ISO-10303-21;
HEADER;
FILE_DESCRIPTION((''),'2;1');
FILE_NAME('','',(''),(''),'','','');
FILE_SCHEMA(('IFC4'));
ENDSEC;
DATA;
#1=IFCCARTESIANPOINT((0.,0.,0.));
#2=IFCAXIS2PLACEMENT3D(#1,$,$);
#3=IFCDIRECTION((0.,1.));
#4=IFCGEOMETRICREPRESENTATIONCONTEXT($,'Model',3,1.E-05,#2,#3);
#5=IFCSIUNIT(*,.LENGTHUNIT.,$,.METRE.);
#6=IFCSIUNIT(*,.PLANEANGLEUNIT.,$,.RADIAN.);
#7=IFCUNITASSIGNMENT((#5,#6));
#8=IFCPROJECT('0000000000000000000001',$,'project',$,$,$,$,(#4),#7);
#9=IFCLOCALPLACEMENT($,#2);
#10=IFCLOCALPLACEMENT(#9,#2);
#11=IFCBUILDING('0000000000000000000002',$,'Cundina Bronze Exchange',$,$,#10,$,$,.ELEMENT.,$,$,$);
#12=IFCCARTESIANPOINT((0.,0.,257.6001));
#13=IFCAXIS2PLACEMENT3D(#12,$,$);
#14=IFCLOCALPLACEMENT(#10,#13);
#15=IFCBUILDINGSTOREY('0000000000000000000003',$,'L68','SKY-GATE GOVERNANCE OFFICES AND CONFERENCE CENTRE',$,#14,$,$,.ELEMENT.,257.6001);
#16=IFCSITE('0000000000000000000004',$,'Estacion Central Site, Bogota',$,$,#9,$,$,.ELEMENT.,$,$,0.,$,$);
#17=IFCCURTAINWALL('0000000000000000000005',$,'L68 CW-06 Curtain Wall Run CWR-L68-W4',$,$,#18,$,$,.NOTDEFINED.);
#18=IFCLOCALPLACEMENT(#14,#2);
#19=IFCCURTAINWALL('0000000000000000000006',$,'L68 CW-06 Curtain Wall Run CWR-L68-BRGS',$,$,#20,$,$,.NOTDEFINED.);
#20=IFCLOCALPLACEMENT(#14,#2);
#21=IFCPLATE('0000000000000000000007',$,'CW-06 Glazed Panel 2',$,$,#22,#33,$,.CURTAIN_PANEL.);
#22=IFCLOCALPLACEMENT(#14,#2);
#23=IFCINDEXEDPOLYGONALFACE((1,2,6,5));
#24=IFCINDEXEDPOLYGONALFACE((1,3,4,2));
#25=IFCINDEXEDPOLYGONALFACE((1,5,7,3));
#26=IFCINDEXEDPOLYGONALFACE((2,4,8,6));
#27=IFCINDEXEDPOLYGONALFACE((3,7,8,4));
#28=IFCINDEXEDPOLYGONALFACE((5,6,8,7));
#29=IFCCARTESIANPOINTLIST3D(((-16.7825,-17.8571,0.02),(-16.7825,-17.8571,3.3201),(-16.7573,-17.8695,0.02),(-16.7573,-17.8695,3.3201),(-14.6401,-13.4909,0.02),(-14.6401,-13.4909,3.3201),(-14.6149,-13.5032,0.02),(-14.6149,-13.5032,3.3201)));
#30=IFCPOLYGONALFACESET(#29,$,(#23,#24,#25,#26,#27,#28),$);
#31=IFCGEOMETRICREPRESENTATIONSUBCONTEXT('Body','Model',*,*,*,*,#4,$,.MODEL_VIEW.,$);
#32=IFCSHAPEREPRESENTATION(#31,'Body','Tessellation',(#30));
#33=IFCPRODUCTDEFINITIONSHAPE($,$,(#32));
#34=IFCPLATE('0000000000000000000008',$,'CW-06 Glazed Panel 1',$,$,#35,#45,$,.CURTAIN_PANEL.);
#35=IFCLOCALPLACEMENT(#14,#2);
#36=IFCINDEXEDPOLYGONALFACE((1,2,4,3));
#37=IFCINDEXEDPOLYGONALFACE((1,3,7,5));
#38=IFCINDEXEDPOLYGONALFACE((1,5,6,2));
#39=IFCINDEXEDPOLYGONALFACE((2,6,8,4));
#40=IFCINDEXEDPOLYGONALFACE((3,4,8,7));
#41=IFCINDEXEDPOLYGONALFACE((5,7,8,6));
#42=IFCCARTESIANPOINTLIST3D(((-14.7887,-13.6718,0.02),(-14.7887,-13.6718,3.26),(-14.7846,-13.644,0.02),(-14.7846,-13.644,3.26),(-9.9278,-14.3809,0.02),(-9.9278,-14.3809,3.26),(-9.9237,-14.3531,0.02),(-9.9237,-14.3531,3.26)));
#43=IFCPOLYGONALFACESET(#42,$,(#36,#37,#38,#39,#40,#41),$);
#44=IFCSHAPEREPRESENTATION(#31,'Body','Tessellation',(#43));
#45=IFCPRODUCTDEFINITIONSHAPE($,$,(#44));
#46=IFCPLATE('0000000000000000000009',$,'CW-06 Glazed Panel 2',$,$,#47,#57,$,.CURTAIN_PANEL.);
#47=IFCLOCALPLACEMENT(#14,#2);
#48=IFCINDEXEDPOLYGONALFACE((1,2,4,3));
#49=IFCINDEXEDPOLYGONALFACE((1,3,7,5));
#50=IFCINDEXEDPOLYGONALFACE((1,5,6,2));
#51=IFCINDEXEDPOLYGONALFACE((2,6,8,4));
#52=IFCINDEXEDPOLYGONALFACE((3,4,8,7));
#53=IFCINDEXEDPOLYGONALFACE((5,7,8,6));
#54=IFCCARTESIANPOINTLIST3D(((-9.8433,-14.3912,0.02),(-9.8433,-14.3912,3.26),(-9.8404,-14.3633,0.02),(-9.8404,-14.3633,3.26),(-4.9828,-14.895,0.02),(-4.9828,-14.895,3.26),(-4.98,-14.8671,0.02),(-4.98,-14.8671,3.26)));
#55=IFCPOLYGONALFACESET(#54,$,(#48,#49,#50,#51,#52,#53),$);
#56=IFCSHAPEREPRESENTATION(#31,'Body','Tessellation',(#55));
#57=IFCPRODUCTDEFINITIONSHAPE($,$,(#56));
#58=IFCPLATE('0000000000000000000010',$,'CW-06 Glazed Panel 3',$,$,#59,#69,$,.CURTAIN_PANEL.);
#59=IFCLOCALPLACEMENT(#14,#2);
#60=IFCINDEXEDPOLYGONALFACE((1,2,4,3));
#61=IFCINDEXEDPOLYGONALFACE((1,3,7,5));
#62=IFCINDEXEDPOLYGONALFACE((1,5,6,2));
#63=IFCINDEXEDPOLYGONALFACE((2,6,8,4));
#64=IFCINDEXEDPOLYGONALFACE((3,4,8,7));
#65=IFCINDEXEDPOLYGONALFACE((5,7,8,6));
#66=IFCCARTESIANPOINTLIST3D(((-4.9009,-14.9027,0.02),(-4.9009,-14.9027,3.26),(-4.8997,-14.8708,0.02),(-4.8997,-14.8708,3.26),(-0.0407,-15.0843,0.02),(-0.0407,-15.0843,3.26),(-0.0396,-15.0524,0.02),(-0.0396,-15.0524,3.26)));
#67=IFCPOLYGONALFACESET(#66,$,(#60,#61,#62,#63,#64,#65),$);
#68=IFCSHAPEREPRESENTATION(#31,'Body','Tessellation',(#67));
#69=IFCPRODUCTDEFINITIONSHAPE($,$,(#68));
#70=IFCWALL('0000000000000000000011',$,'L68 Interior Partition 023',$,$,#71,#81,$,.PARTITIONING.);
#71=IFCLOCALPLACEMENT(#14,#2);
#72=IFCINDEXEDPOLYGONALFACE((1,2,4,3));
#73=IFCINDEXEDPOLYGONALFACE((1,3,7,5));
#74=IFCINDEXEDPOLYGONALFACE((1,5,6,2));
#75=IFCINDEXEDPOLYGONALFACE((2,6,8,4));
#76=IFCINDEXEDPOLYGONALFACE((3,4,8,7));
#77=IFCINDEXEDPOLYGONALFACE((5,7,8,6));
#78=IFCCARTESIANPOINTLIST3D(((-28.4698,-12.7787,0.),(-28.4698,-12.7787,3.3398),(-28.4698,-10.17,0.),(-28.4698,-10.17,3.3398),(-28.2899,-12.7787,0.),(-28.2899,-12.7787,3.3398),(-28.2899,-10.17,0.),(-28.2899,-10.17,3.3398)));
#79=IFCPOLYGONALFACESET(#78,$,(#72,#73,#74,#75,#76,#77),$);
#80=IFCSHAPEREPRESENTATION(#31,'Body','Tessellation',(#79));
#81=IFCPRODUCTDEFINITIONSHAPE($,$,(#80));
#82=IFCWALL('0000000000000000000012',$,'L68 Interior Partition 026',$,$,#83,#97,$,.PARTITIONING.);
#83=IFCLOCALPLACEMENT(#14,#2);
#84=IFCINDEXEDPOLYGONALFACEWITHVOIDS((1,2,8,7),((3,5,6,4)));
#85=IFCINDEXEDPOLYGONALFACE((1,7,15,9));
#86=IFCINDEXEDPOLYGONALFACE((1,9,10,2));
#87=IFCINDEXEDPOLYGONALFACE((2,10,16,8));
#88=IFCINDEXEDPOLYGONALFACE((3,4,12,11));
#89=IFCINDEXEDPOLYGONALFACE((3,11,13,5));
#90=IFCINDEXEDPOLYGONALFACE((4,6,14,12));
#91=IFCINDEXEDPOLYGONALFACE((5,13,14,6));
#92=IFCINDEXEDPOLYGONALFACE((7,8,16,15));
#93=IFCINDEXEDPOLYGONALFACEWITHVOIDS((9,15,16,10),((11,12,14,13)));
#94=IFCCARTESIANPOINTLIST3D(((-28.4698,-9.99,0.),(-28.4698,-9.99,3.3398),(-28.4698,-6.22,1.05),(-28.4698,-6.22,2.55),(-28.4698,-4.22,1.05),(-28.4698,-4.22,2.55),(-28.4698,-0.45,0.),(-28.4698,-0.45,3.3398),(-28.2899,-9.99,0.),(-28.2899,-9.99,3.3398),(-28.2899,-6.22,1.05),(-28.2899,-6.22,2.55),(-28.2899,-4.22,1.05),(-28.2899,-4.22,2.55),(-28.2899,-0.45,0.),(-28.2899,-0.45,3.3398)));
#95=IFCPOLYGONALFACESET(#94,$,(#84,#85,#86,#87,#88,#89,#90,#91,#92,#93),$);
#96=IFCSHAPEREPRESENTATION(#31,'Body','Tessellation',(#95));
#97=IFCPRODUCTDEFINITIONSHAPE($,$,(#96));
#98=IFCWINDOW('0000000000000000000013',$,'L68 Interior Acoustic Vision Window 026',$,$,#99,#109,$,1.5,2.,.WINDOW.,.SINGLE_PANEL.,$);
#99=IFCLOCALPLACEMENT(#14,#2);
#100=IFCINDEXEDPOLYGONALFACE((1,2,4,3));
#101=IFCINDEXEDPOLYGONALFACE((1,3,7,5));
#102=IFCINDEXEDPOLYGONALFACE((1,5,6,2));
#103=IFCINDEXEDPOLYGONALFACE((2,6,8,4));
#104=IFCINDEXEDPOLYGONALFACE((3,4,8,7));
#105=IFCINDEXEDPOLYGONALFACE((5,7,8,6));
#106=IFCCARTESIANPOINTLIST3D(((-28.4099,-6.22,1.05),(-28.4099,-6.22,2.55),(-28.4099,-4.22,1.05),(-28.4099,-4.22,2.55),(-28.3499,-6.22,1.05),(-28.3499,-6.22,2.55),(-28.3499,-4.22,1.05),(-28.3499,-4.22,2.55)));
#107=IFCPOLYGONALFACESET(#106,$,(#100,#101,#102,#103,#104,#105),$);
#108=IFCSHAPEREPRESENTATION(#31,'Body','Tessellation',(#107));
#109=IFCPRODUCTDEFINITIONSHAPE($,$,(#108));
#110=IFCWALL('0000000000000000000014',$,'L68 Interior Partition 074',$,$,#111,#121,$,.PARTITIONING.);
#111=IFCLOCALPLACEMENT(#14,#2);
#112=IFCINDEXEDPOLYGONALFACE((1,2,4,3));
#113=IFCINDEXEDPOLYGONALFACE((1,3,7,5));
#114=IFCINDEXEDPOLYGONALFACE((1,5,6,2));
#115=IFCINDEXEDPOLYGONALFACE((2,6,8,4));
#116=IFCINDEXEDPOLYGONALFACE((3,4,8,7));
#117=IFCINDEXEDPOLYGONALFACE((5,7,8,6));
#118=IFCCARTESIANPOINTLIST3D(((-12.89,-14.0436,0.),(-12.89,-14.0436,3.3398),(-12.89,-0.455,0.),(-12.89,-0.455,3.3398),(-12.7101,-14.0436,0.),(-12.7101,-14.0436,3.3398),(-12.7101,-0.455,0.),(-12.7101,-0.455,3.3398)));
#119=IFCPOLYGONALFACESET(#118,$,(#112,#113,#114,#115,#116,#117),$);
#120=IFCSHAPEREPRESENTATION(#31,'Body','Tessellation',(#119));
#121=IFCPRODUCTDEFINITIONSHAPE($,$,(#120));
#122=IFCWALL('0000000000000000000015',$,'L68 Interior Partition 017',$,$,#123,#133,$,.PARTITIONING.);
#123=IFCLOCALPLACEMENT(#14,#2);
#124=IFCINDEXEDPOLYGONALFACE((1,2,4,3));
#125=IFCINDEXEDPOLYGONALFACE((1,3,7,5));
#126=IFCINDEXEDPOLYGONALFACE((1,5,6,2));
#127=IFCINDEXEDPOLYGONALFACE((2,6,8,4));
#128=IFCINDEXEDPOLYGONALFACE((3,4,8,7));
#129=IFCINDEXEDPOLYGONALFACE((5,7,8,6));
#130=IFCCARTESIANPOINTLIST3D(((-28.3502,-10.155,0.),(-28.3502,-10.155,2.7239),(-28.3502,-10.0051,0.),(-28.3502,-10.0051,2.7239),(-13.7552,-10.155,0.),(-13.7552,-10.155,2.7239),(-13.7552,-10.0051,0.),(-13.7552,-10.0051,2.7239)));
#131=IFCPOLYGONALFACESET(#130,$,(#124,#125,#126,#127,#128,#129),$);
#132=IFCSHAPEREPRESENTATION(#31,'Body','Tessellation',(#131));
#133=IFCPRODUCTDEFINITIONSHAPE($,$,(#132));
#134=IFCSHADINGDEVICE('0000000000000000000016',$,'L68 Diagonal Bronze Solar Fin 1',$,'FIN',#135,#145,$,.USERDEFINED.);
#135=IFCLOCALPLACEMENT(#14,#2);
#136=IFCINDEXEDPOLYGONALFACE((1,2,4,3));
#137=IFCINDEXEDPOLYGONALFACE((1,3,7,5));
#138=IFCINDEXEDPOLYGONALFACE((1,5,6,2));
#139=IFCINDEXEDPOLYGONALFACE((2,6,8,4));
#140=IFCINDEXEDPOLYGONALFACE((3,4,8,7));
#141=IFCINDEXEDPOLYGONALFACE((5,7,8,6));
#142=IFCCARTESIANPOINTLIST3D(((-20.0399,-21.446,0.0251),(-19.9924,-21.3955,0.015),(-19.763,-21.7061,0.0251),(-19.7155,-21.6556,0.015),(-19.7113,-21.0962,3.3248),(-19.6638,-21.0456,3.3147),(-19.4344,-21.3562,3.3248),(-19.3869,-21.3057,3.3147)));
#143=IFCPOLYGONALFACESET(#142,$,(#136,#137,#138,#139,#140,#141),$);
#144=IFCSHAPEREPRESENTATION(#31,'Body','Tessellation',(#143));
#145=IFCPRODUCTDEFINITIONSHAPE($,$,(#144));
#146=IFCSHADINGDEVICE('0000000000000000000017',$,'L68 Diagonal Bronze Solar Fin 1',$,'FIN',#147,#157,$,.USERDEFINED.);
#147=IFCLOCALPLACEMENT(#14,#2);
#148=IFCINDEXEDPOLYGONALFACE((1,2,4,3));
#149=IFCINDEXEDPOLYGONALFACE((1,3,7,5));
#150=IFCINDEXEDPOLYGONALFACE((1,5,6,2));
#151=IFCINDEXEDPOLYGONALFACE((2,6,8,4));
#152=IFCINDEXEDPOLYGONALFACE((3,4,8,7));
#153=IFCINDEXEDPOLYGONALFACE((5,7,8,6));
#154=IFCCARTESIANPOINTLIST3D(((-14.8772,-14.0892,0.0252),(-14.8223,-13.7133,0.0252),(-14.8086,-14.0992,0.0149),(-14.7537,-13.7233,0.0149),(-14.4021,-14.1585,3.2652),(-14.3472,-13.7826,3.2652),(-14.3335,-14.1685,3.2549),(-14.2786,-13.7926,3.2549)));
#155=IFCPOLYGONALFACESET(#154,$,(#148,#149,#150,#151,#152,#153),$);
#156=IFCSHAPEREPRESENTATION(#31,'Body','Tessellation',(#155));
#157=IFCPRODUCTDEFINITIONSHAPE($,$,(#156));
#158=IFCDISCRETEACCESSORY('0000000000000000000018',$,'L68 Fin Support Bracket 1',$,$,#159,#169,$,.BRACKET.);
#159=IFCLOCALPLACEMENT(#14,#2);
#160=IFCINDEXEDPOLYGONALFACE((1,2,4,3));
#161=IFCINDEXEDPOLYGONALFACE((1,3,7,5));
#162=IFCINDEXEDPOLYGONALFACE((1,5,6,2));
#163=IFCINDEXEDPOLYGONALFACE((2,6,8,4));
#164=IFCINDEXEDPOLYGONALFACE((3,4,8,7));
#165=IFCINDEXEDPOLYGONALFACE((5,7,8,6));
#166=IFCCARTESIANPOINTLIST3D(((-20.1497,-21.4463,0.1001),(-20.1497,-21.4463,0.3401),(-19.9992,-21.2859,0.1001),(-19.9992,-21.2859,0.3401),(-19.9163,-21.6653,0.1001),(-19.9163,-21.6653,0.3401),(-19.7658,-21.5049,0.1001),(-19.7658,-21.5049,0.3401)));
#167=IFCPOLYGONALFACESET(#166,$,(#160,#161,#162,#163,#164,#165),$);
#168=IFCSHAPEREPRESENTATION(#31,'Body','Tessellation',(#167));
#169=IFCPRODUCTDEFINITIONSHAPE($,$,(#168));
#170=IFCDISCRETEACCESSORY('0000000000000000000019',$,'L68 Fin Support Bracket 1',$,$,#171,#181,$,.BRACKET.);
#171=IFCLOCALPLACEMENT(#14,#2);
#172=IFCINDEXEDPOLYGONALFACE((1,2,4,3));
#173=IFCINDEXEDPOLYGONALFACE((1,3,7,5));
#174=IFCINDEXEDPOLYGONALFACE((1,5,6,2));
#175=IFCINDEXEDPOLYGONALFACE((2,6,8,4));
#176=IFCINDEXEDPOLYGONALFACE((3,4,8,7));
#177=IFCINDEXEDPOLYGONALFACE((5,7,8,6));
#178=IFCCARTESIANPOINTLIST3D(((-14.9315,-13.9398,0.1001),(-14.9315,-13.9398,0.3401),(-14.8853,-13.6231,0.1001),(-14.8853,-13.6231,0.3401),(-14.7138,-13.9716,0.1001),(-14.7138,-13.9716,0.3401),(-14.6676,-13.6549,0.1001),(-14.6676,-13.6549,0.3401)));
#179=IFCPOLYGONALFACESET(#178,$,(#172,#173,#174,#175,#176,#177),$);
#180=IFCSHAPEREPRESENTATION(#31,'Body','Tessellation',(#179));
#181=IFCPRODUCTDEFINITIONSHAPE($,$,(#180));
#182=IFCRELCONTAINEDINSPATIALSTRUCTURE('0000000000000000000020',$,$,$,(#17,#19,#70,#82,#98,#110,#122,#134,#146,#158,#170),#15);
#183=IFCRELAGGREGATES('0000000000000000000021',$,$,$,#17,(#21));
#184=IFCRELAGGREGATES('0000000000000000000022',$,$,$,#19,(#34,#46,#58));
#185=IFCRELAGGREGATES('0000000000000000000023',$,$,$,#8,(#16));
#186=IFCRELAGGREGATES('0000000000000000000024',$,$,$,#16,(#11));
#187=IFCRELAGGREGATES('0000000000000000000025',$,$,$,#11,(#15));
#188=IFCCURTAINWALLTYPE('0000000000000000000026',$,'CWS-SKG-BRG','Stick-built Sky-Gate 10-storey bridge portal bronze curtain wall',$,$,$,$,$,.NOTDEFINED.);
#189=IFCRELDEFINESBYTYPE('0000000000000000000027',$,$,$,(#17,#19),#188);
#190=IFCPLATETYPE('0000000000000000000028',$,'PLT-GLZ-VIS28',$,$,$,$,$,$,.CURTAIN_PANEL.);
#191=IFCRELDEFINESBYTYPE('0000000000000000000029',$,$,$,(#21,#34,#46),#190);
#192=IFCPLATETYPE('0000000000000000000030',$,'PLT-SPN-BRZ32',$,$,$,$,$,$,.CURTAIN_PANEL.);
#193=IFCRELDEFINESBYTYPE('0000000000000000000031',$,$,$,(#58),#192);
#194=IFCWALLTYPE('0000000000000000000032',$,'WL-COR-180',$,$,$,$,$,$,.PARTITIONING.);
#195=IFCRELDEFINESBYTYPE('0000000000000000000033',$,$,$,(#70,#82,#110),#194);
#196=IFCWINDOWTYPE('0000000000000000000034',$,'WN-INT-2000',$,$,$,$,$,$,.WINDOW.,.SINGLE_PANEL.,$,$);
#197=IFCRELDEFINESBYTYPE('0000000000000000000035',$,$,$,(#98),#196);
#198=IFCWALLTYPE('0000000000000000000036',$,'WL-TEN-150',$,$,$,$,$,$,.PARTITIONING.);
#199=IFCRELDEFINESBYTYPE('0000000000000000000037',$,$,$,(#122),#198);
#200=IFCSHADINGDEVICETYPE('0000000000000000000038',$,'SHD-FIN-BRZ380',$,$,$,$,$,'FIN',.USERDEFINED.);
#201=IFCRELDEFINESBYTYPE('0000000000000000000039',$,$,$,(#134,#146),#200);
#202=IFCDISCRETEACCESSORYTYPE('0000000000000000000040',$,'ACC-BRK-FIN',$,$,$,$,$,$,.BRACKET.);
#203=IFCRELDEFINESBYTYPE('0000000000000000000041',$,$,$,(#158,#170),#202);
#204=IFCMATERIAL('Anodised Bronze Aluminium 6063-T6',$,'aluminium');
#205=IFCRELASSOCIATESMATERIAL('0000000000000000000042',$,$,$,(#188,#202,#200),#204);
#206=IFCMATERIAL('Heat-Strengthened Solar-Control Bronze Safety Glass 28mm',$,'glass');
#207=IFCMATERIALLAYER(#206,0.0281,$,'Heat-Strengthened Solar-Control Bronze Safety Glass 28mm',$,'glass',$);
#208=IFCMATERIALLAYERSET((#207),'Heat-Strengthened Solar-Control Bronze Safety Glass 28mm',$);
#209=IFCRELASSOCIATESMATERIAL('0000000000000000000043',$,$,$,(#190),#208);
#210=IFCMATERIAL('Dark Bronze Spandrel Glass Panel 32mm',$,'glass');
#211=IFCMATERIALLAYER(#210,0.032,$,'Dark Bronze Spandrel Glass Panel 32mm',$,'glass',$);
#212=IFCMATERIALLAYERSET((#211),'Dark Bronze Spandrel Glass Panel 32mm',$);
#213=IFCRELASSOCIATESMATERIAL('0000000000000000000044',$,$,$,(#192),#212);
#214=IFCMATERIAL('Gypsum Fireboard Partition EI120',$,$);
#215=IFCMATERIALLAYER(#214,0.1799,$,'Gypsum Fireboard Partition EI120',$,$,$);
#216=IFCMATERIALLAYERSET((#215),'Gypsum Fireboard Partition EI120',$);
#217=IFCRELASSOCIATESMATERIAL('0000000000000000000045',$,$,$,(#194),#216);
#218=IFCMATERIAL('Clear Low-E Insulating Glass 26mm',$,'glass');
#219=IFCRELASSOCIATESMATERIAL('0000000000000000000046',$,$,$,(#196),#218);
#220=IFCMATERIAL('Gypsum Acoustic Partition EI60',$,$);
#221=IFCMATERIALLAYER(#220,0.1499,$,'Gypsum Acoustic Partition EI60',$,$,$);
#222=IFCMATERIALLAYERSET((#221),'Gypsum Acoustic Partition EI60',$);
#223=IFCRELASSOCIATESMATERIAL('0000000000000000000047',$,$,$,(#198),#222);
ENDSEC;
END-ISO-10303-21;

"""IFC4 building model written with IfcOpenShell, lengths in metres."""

from ifc_helpers import new_model, si_unit, direction, frame, frame_2d, origin, origin_2d, place, context, subcontext, project, spatial, rectangle, extrude, material, layer, layer_set, material_profile, profile_set, type_object, element, fill, aggregate, save


model = new_model("IFC4")

# Units and contexts
model_context = context("Model", 3, precision=1e-05, world=origin(), true_north=direction((0.0, 1.0)))
body_context = subcontext(model_context, "Body", "Model", "MODEL_VIEW")
ifc_project = project(units=[si_unit("LENGTHUNIT", "METRE"), si_unit("PLANEANGLEUNIT", "RADIAN")], contexts=[model_context])

# Site, building, storey
site_placement = place(None, origin())
site = spatial("IfcSite", under=ifc_project, at=site_placement, Name="Estacion Central Site, Bogota", CompositionType="ELEMENT", RefElevation=0.0)
building_placement = place(site_placement, origin())
building = spatial("IfcBuilding", under=site, at=building_placement, Name="Cundina Bronze Exchange", CompositionType="ELEMENT")
storey_placement = place(building_placement, frame((0.0, 0.0, 257.6001)))
storey = spatial("IfcBuildingStorey", under=building, at=storey_placement, Name="L68", Description="SKY-GATE GOVERNANCE OFFICES AND CONFERENCE CENTRE", CompositionType="ELEMENT", Elevation=257.6001)

# Curtain walls
ifc_material_1 = material(Name="Anodised Bronze Aluminium 6063-T6", Category="aluminium")
curtain_wall_type = type_object("IfcCurtainWallType", Name="CWS-SKG-BRG", Description="Stick-built Sky-Gate 10-storey bridge portal bronze curtain wall", PredefinedType="NOTDEFINED", material=ifc_material_1)
curtain_wall_1_placement = place(storey_placement, origin())
curtain_wall_1 = element("IfcCurtainWall", 1, at=curtain_wall_1_placement, inside=storey, type_object=curtain_wall_type, Name="L68 CW-06 Curtain Wall Run CWR-L68-W4", PredefinedType="NOTDEFINED")
curtain_wall_2_placement = place(storey_placement, origin())
curtain_wall_2 = element("IfcCurtainWall", 2, at=curtain_wall_2_placement, inside=storey, type_object=curtain_wall_type, Name="L68 CW-06 Curtain Wall Run CWR-L68-BRGS", PredefinedType="NOTDEFINED")

# Plates
ifc_material_2 = material(Name="Heat-Strengthened Solar-Control Bronze Safety Glass 28mm", Category="glass")
ifc_layer_1 = layer(ifc_material_2, 0.0281, Name="Heat-Strengthened Solar-Control Bronze Safety Glass 28mm", Category="glass")
ifc_layer_set_1 = layer_set([ifc_layer_1], Name="Heat-Strengthened Solar-Control Bronze Safety Glass 28mm")
plate_type_1 = type_object("IfcPlateType", Name="PLT-GLZ-VIS28", PredefinedType="CURTAIN_PANEL", material=ifc_layer_set_1)
plate_1_placement = place(storey_placement, frame((-15.6987, -15.6802, 0.02), z_axis=(0.0, 0.0, 1.0), x_axis=(0.440503, 0.897751, 0.0)))
plate_1 = element("IfcPlate", 3, at=plate_1_placement, type_object=plate_type_1, Name="CW-06 Glazed Panel 2", PredefinedType="CURTAIN_PANEL", context=body_context, shape_type="SweptSolid", body=[
    extrude(rectangle(XDim=4.8635, YDim=0.0281, at=origin_2d()), origin(), (0.0, 0.0, 1.0), 3.3),
])
aggregate(curtain_wall_1, [plate_1])
plate_2_placement = place(storey_placement, frame((-12.3562, -14.0125, 0.02), z_axis=(0.0, 0.0, 1.0), x_axis=(0.989528, -0.144339, 0.0)))
plate_2 = element("IfcPlate", 4, at=plate_2_placement, type_object=plate_type_1, Name="CW-06 Glazed Panel 1", PredefinedType="CURTAIN_PANEL", context=body_context, shape_type="SweptSolid", body=[
    extrude(rectangle(XDim=4.9124, YDim=0.0281, at=origin_2d()), origin(), (0.0, 0.0, 1.0), 3.24),
])
plate_3_placement = place(storey_placement, frame((-7.4116, -14.6292, 0.02), z_axis=(0.0, 0.0, 1.0), x_axis=(0.994672, -0.103088, 0.0)))
plate_3 = element("IfcPlate", 5, at=plate_3_placement, type_object=plate_type_1, Name="CW-06 Glazed Panel 2", PredefinedType="CURTAIN_PANEL", context=body_context, shape_type="SweptSolid", body=[
    extrude(rectangle(XDim=4.8865, YDim=0.0281, at=origin_2d()), origin(), (0.0, 0.0, 1.0), 3.24),
])
ifc_material_3 = material(Name="Dark Bronze Spandrel Glass Panel 32mm", Category="glass")
ifc_layer_2 = layer(ifc_material_3, 0.032, Name="Dark Bronze Spandrel Glass Panel 32mm", Category="glass")
ifc_layer_set_2 = layer_set([ifc_layer_2], Name="Dark Bronze Spandrel Glass Panel 32mm")
plate_type_2 = type_object("IfcPlateType", Name="PLT-SPN-BRZ32", PredefinedType="CURTAIN_PANEL", material=ifc_layer_set_2)
plate_4_placement = place(storey_placement, frame((-2.4702, -14.9775, 0.02), z_axis=(0.0, 0.0, 1.0), x_axis=(0.999303, -0.037341, 0.0)))
plate_4 = element("IfcPlate", 6, at=plate_4_placement, type_object=plate_type_2, Name="CW-06 Glazed Panel 3", PredefinedType="CURTAIN_PANEL", context=body_context, shape_type="SweptSolid", body=[
    extrude(rectangle(XDim=4.8635, YDim=0.032, at=origin_2d()), origin(), (0.0, 0.0, 1.0), 3.24),
])
aggregate(curtain_wall_2, [plate_2, plate_3, plate_4])

# Wall
ifc_material_4 = material(Name="Gypsum Fireboard Partition EI120")
ifc_layer_3 = layer(ifc_material_4, 0.1799, Name="Gypsum Fireboard Partition EI120")
ifc_layer_set_3 = layer_set([ifc_layer_3], Name="Gypsum Fireboard Partition EI120")
wall_type_1 = type_object("IfcWallType", Name="WL-COR-180", PredefinedType="PARTITIONING", material=ifc_layer_set_3)
wall_1_placement = place(storey_placement, frame((-28.3799, -12.7786, 0.0), z_axis=(0.0, 0.0, 1.0), x_axis=(0.0, 1.0, 0.0)))
element("IfcWall", 7, at=wall_1_placement, inside=storey, type_object=wall_type_1, Name="L68 Interior Partition 023", PredefinedType="PARTITIONING", context=body_context, shape_type="SweptSolid", body=[
    extrude(rectangle(XDim=2.6086, YDim=0.1799, at=frame_2d((1.3042, 0.0))), origin(), (0.0, 0.0, 1.0), 3.3398),
])

# Wall, opening, window
wall_2_placement = place(storey_placement, frame((-28.3799, -9.99, 0.0), z_axis=(0.0, 0.0, 1.0), x_axis=(0.0, 1.0, 0.0)))
wall_2 = element("IfcWall", 8, at=wall_2_placement, inside=storey, type_object=wall_type_1, Name="L68 Interior Partition 026", PredefinedType="PARTITIONING", context=body_context, shape_type="SweptSolid", body=[
    extrude(rectangle(XDim=9.54, YDim=0.1799, at=frame_2d((4.77, 0.0))), origin(), (0.0, 0.0, 1.0), 3.3398),
])
opening_placement = place(wall_2_placement, frame((3.77, 0.0, 1.05)))
opening = element("IfcOpeningElement", 9, at=opening_placement, cuts=wall_2, PredefinedType="OPENING", context=body_context, shape_type="SweptSolid", body=[
    extrude(rectangle(XDim=2.0, YDim=1.5, at=frame_2d((1.0, 0.75))), frame((0.0, 0.0999, 0.0), z_axis=(0.0, -1.0, 0.0), x_axis=(1.0, 0.0, 0.0)), (0.0, 0.0, 1.0), 0.2),
])
ifc_material_5 = material(Name="Clear Low-E Insulating Glass 26mm", Category="glass")
window_type = type_object("IfcWindowType", Name="WN-INT-2000", PartitioningType="SINGLE_PANEL", PredefinedType="WINDOW", material=ifc_material_5)
window_placement = place(opening_placement, origin())
window = element("IfcWindow", 10, at=window_placement, inside=storey, type_object=window_type, Name="L68 Interior Acoustic Vision Window 026", OverallHeight=1.5, OverallWidth=2.0, PartitioningType="SINGLE_PANEL", PredefinedType="WINDOW", context=body_context, shape_type="SweptSolid", body=[
    extrude(rectangle(XDim=2.0, YDim=1.5, at=frame_2d((1.0, 0.75))), frame((0.0, 0.03, 0.0), z_axis=(0.0, -1.0, 0.0), x_axis=(1.0, 0.0, 0.0)), (0.0, 0.0, 1.0), 0.0601),
])
fill(opening, window)

# Walls
wall_3_placement = place(storey_placement, frame((-12.8, -14.0437, 0.0), z_axis=(0.0, 0.0, 1.0), x_axis=(0.0, 1.0, 0.0)))
element("IfcWall", 11, at=wall_3_placement, inside=storey, type_object=wall_type_1, Name="L68 Interior Partition 074", PredefinedType="PARTITIONING", context=body_context, shape_type="SweptSolid", body=[
    extrude(rectangle(XDim=13.5886, YDim=0.1799, at=frame_2d((6.7944, 0.0))), origin(), (0.0, 0.0, 1.0), 3.3398),
])
ifc_material_6 = material(Name="Gypsum Acoustic Partition EI60")
ifc_layer_4 = layer(ifc_material_6, 0.1499, Name="Gypsum Acoustic Partition EI60")
ifc_layer_set_4 = layer_set([ifc_layer_4], Name="Gypsum Acoustic Partition EI60")
wall_type_2 = type_object("IfcWallType", Name="WL-TEN-150", PredefinedType="PARTITIONING", material=ifc_layer_set_4)
wall_4_placement = place(storey_placement, frame((-28.3501, -10.0801, 0.0), z_axis=(0.0, 0.0, 1.0), x_axis=(1.0, 0.0, 0.0)))
element("IfcWall", 12, at=wall_4_placement, inside=storey, type_object=wall_type_2, Name="L68 Interior Partition 017", PredefinedType="PARTITIONING", context=body_context, shape_type="SweptSolid", body=[
    extrude(rectangle(XDim=14.595, YDim=0.1499, at=frame_2d((7.2974, 0.0))), origin(), (0.0, 0.0, 1.0), 2.7239),
])

# Shading devices
ifc_material_profile_1 = material_profile(ifc_material_1, rectangle(XDim=0.0701, YDim=0.3799, at=origin_2d()), Name="FIN70X380", Category="aluminium")
ifc_profile_set_1 = profile_set([ifc_material_profile_1], Name="Anodised Bronze Aluminium 6063-T6")
shading_device_type = type_object("IfcShadingDeviceType", Name="SHD-FIN-BRZ380", ElementType="FIN", PredefinedType="USERDEFINED", material=ifc_profile_set_1)
shading_device_1_placement = place(storey_placement, frame((-19.8777, -21.5508, 0.02), z_axis=(0.098549, 0.104918, 0.989586), x_axis=(-0.677505, -0.721296, 0.143943)))
element("IfcShadingDevice", 13, at=shading_device_1_placement, inside=storey, type_object=shading_device_type, Name="L68 Diagonal Bronze Solar Fin 1", ObjectType="FIN", PredefinedType="USERDEFINED", context=body_context, shape_type="SweptSolid", body=[
    extrude(rectangle(XDim=0.0701, YDim=0.3799, at=origin_2d()), origin(), (0.0, 0.0, 1.0), 3.3345),
])
shading_device_2_placement = place(storey_placement, frame((-14.8154, -13.9062, 0.02), z_axis=(0.145052, -0.021169, 0.989198), x_axis=(-0.978829, 0.142851, 0.146588)))
element("IfcShadingDevice", 14, at=shading_device_2_placement, inside=storey, type_object=shading_device_type, Name="L68 Diagonal Bronze Solar Fin 1", ObjectType="FIN", PredefinedType="USERDEFINED", context=body_context, shape_type="SweptSolid", body=[
    extrude(rectangle(XDim=0.0701, YDim=0.3799, at=origin_2d()), origin(), (0.0, 0.0, 1.0), 3.2754),
])

# Discrete accessories
discrete_accessory_type = type_object("IfcDiscreteAccessoryType", Name="ACC-BRK-FIN", PredefinedType="BRACKET", material=ifc_material_1)
for number, where, z_axis, x_axis, name in (
    (15, (-19.9578, -21.4756, 0.1001), (0.0, 0.0, 1.0), (0.684344, 0.72916, 0.0), "L68 Fin Support Bracket 1"),
    (16, (-14.7996, -13.7974, 0.1001), (0.0, 0.0, 1.0), (0.989528, -0.144339, 0.0), "L68 Fin Support Bracket 1"),
):
    element("IfcDiscreteAccessory", number, at=place(storey_placement, frame(where, z_axis=z_axis, x_axis=x_axis)), inside=storey, type_object=discrete_accessory_type, Name=name, PredefinedType="BRACKET", context=body_context, shape_type="SweptSolid", body=[
        extrude(rectangle(XDim=0.22, YDim=0.3201, at=origin_2d()), origin(), (0.0, 0.0, 1.0), 0.24),
    ])

save(model, "model.ifc")
